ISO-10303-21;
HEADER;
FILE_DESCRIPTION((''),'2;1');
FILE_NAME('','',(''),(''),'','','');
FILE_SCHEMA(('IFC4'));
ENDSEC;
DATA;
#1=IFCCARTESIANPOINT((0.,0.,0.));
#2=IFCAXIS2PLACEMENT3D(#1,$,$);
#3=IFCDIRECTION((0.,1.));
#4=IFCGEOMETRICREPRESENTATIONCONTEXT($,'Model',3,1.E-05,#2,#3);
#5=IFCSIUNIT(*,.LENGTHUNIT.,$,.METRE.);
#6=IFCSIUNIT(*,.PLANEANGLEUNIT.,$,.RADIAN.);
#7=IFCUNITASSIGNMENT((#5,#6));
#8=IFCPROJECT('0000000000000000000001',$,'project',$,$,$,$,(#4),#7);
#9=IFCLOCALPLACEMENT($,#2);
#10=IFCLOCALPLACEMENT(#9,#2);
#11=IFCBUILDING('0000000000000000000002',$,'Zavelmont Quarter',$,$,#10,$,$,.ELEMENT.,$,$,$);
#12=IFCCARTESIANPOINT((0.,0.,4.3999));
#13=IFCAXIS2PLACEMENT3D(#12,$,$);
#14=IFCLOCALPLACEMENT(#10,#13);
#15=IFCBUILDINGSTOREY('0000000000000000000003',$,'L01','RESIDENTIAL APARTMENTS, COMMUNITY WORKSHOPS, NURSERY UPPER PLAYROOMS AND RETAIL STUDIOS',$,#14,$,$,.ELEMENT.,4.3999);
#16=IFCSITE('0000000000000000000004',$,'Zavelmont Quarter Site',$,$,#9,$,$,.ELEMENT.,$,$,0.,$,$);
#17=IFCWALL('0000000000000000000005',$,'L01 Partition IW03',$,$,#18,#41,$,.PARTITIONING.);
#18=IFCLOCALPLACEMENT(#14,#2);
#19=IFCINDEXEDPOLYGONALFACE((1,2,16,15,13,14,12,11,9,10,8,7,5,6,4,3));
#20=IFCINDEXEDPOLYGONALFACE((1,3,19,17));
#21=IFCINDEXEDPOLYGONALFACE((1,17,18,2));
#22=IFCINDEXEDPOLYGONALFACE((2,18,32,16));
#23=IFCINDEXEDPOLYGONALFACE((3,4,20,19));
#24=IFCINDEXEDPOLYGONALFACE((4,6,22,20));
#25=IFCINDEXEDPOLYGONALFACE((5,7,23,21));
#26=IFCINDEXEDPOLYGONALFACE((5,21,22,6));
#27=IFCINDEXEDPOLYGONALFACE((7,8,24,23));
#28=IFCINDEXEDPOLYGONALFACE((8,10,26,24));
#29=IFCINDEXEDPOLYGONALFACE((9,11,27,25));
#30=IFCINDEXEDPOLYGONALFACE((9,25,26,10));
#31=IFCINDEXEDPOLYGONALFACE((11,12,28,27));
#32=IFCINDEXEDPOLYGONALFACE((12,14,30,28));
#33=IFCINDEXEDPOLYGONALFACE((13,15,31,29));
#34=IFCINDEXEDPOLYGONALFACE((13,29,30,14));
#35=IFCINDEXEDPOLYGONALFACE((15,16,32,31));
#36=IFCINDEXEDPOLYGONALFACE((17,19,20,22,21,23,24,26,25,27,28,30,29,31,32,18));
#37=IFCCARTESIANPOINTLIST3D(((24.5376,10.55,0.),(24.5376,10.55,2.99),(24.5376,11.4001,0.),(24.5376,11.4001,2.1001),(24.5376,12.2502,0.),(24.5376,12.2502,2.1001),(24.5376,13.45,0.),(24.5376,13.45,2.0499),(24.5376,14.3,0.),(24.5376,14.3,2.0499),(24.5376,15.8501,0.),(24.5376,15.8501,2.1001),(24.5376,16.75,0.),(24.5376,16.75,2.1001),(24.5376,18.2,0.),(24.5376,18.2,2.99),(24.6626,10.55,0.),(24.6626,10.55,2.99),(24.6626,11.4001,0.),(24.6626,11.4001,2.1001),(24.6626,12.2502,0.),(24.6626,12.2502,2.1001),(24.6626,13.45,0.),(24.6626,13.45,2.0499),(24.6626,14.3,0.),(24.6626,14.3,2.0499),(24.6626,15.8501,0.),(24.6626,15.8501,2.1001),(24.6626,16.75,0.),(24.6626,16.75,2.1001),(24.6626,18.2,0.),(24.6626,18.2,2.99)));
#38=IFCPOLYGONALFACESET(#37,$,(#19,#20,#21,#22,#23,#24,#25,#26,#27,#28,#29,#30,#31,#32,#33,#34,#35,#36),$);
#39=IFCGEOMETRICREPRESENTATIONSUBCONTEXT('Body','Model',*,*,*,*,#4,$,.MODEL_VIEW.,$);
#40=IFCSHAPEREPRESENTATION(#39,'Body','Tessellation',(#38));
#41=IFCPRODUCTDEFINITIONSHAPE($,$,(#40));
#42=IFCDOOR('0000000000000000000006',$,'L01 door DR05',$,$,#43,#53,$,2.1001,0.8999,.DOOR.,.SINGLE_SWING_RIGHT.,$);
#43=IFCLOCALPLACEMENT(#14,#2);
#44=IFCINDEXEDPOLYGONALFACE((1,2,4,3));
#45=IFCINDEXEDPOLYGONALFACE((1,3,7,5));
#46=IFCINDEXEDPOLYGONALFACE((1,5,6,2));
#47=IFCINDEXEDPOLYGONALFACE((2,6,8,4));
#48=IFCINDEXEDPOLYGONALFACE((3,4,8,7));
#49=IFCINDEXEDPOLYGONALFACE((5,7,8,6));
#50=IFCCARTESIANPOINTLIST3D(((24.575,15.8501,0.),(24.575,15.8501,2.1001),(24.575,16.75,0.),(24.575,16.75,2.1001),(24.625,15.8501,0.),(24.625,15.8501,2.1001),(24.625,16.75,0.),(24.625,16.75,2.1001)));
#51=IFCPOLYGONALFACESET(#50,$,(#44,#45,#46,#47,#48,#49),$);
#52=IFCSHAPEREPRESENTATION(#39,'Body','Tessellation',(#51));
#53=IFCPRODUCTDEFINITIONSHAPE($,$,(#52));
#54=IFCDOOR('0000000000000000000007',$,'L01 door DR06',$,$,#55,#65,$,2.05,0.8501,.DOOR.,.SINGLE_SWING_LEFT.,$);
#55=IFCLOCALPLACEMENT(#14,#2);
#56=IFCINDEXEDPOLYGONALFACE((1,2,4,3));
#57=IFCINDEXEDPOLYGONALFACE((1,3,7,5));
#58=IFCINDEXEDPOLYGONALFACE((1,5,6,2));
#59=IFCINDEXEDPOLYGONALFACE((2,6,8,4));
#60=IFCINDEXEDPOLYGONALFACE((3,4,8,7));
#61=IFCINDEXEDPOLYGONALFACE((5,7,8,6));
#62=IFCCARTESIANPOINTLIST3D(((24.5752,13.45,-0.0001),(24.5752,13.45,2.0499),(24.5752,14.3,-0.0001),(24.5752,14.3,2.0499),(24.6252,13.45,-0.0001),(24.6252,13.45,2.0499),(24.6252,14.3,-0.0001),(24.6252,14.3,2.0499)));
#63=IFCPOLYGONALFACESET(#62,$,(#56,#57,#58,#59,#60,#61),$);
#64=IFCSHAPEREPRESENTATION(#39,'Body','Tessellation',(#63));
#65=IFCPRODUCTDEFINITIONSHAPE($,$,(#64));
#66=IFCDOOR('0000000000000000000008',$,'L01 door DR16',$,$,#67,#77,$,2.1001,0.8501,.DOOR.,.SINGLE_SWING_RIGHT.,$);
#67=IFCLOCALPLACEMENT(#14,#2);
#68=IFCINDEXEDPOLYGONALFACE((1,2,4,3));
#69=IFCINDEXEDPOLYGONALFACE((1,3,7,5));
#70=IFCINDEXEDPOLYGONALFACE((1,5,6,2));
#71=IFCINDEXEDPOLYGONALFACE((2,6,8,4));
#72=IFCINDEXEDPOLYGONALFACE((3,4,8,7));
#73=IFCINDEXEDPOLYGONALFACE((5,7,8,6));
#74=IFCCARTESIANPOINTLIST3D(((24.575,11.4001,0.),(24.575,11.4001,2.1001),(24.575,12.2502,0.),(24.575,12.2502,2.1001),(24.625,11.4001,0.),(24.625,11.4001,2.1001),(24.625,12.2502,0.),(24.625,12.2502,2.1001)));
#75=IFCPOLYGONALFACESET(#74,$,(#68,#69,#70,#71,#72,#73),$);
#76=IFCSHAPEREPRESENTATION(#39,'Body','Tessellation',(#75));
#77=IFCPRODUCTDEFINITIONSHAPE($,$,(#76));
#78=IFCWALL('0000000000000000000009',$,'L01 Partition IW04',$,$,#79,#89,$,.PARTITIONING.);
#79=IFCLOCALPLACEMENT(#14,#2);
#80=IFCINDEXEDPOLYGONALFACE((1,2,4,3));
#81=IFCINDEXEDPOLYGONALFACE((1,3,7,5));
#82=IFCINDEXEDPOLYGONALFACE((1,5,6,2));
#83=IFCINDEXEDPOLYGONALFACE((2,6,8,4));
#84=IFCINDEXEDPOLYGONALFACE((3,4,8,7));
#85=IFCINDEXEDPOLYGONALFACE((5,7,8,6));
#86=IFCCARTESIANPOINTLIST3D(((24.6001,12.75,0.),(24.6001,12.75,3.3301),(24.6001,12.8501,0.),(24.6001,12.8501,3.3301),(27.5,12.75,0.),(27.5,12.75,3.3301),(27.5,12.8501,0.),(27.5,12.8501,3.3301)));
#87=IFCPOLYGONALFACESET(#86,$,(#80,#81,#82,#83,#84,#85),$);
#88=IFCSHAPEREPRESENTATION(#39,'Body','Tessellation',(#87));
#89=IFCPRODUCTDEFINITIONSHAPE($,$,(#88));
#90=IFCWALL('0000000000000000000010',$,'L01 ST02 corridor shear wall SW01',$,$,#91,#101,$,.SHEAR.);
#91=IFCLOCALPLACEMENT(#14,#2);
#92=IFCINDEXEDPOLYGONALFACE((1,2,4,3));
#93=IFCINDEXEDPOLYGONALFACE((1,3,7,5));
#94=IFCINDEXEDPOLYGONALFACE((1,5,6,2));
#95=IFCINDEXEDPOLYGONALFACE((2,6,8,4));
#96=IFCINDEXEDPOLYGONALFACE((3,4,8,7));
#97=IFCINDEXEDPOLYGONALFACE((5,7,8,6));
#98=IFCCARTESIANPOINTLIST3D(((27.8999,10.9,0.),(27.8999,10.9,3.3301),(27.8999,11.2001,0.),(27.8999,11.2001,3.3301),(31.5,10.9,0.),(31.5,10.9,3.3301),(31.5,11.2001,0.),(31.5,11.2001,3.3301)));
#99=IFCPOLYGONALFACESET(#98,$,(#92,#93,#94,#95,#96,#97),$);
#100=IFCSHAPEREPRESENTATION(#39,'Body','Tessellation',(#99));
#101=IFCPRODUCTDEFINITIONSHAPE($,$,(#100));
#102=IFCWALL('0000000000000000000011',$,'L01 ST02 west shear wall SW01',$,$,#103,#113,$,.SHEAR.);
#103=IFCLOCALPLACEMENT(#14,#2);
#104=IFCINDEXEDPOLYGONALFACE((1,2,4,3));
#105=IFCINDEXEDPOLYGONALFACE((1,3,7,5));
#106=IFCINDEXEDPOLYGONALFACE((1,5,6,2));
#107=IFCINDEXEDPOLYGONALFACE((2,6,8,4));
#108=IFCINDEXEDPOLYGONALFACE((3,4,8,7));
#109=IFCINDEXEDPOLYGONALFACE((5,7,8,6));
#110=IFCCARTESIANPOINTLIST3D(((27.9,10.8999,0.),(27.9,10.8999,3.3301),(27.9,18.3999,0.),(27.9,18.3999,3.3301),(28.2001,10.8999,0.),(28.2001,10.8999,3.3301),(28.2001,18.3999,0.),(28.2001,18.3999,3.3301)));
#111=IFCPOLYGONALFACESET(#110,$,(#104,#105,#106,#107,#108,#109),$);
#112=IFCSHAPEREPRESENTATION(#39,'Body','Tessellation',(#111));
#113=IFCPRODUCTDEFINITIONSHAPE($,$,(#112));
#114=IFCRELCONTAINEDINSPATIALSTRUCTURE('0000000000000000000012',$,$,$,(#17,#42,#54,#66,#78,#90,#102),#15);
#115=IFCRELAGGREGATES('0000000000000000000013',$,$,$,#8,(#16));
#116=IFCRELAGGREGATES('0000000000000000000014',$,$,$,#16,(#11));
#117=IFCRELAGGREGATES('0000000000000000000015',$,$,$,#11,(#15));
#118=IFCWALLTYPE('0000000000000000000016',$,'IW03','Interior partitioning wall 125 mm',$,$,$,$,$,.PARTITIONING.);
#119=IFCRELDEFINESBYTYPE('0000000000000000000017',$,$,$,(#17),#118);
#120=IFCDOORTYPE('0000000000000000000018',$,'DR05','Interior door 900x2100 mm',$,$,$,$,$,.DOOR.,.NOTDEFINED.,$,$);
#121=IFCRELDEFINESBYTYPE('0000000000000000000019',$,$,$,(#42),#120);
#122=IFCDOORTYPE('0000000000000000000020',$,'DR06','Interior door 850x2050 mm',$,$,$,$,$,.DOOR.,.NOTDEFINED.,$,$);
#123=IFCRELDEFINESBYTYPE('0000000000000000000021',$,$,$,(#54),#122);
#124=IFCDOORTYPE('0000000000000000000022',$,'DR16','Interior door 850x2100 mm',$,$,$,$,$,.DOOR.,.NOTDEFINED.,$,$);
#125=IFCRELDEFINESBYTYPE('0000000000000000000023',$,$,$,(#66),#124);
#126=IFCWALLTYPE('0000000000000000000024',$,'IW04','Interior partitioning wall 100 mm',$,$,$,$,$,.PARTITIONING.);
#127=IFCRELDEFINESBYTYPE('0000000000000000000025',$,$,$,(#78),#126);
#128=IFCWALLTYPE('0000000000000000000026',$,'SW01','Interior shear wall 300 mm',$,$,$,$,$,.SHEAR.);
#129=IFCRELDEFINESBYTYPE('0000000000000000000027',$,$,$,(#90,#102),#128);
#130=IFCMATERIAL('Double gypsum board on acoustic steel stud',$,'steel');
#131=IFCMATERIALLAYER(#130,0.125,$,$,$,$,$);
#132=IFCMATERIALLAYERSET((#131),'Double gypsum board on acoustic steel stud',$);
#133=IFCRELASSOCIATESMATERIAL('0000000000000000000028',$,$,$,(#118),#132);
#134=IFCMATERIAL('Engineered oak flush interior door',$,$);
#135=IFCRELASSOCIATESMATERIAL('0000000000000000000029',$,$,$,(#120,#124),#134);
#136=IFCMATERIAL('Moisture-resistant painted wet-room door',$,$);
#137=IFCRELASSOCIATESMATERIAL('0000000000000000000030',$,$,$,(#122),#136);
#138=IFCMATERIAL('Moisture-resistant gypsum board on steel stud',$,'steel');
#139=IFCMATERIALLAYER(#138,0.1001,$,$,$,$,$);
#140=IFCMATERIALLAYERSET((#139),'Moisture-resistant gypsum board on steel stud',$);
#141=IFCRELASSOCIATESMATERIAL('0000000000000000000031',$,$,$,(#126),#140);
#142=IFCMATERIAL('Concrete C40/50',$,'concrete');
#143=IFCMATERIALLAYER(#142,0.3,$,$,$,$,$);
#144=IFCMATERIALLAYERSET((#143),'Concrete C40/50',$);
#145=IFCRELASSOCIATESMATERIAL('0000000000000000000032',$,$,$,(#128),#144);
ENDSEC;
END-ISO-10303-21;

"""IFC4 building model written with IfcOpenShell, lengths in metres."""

from ifc_helpers import new_model, si_unit, direction, frame, frame_2d, origin, origin_with_axes, place, context, subcontext, project, spatial, rectangle, extrude, material, layer, layer_set, type_object, element, fill, save


model = new_model("IFC4")

# Units and contexts
model_context = context("Model", 3, precision=1e-05, world=origin(), true_north=direction((0.0, 1.0)))
body_context = subcontext(model_context, "Body", "Model", "MODEL_VIEW")
ifc_project = project(units=[si_unit("LENGTHUNIT", "METRE"), si_unit("PLANEANGLEUNIT", "RADIAN")], contexts=[model_context])

# Site, building, storey
site_placement = place(None, origin())
site = spatial("IfcSite", under=ifc_project, at=site_placement, Name="Zavelmont Quarter Site", CompositionType="ELEMENT", RefElevation=0.0)
building_placement = place(site_placement, origin())
building = spatial("IfcBuilding", under=site, at=building_placement, Name="Zavelmont Quarter", CompositionType="ELEMENT")
storey_placement = place(building_placement, frame((0.0, 0.0, 4.3999)))
storey = spatial("IfcBuildingStorey", under=building, at=storey_placement, Name="L01", Description="RESIDENTIAL APARTMENTS, COMMUNITY WORKSHOPS, NURSERY UPPER PLAYROOMS AND RETAIL STUDIOS", CompositionType="ELEMENT", Elevation=4.3999)

# Shared definitions
ifc_material_1 = material(Name="Concrete C40/50", Category="concrete")

# Wall, openings, doors
ifc_material_2 = material(Name="Double gypsum board on acoustic steel stud", Category="steel")
ifc_layer_1 = layer(ifc_material_2, 0.125)
ifc_layer_set_1 = layer_set([ifc_layer_1], Name="Double gypsum board on acoustic steel stud")
wall_type_1 = type_object("IfcWallType", Name="IW03", Description="Interior partitioning wall 125 mm", PredefinedType="PARTITIONING", material=ifc_layer_set_1)
wall_1_placement = place(storey_placement, frame((24.6001, 10.55, 0.0), z_axis=(0.0, 0.0, 1.0), x_axis=(0.0, 1.0, 0.0)))
wall_1 = element("IfcWall", 1, at=wall_1_placement, inside=storey, type_object=wall_type_1, Name="L01 Partition IW03", PredefinedType="PARTITIONING", context=body_context, shape_type="SweptSolid", body=[
    extrude(rectangle(XDim=7.6499, YDim=0.125, at=frame_2d((3.825, 0.0))), origin(), (0.0, 0.0, 1.0), 2.99),
])
opening_1_placement = place(wall_1_placement, frame((0.8501, 0.0, 0.0)))
opening_1 = element("IfcOpeningElement", 2, at=opening_1_placement, cuts=wall_1, PredefinedType="OPENING", context=body_context, shape_type="SweptSolid", body=[
    extrude(rectangle(XDim=0.8501, YDim=2.1001, at=frame_2d((0.425, 1.05))), frame((0.0, 0.0745, 0.0), z_axis=(0.0, -1.0, 0.0), x_axis=(1.0, 0.0, 0.0)), (0.0, 0.0, 1.0), 0.1489),
])
opening_2_placement = place(wall_1_placement, frame((2.8999, 0.0, 0.0)))
opening_2 = element("IfcOpeningElement", 3, at=opening_2_placement, cuts=wall_1, PredefinedType="OPENING", context=body_context, shape_type="SweptSolid", body=[
    extrude(rectangle(XDim=0.8501, YDim=2.05, at=frame_2d((0.425, 1.0249))), frame((0.0, 0.0745, 0.0), z_axis=(0.0, -1.0, 0.0), x_axis=(1.0, 0.0, 0.0)), (0.0, 0.0, 1.0), 0.1489),
])
opening_3_placement = place(wall_1_placement, frame((5.3, 0.0, 0.0)))
opening_3 = element("IfcOpeningElement", 4, at=opening_3_placement, cuts=wall_1, PredefinedType="OPENING", context=body_context, shape_type="SweptSolid", body=[
    extrude(rectangle(XDim=0.8999, YDim=2.1001, at=frame_2d((0.45, 1.05))), frame((0.0, 0.0745, 0.0), z_axis=(0.0, -1.0, 0.0), x_axis=(1.0, 0.0, 0.0)), (0.0, 0.0, 1.0), 0.1489),
])
ifc_material_3 = material(Name="Engineered oak flush interior door")
door_type_1 = type_object("IfcDoorType", Name="DR05", Description="Interior door 900x2100 mm", OperationType="NOTDEFINED", PredefinedType="DOOR", material=ifc_material_3)
door_1_placement = place(opening_3_placement, frame((0.8999, 0.0, 0.0), z_axis=(0.0, 0.0, 1.0), x_axis=(-1.0, 0.0, 0.0)))
door_1 = element("IfcDoor", 5, at=door_1_placement, inside=storey, type_object=door_type_1, Name="L01 door DR05", OperationType="SINGLE_SWING_RIGHT", OverallHeight=2.1001, OverallWidth=0.8999, PredefinedType="DOOR", context=body_context, shape_type="SweptSolid", body=[
    extrude(rectangle(XDim=0.8999, YDim=2.1001, at=frame_2d((0.45, 1.05))), frame((0.0, 0.0249, 0.0), z_axis=(0.0, -1.0, 0.0), x_axis=(1.0, 0.0, 0.0)), (0.0, 0.0, 1.0), 0.05),
])
fill(opening_3, door_1)
ifc_material_4 = material(Name="Moisture-resistant painted wet-room door")
door_type_2 = type_object("IfcDoorType", Name="DR06", Description="Interior door 850x2050 mm", OperationType="NOTDEFINED", PredefinedType="DOOR", material=ifc_material_4)
door_2_placement = place(opening_2_placement, origin_with_axes())
door_2 = element("IfcDoor", 6, at=door_2_placement, inside=storey, type_object=door_type_2, Name="L01 door DR06", OperationType="SINGLE_SWING_LEFT", OverallHeight=2.05, OverallWidth=0.8501, PredefinedType="DOOR", context=body_context, shape_type="SweptSolid", body=[
    extrude(rectangle(XDim=0.8501, YDim=2.05, at=frame_2d((0.425, 1.0249))), frame((0.0, 0.0249, 0.0), z_axis=(0.0, -1.0, 0.0), x_axis=(1.0, 0.0, 0.0)), (0.0, 0.0, 1.0), 0.05),
])
fill(opening_2, door_2)
door_type_3 = type_object("IfcDoorType", Name="DR16", Description="Interior door 850x2100 mm", OperationType="NOTDEFINED", PredefinedType="DOOR", material=ifc_material_3)
door_3_placement = place(opening_1_placement, frame((0.8501, 0.0, 0.0), z_axis=(0.0, 0.0, 1.0), x_axis=(-1.0, 0.0, 0.0)))
door_3 = element("IfcDoor", 7, at=door_3_placement, inside=storey, type_object=door_type_3, Name="L01 door DR16", OperationType="SINGLE_SWING_RIGHT", OverallHeight=2.1001, OverallWidth=0.8501, PredefinedType="DOOR", context=body_context, shape_type="SweptSolid", body=[
    extrude(rectangle(XDim=0.8501, YDim=2.1001, at=frame_2d((0.425, 1.05))), frame((0.0, 0.0249, 0.0), z_axis=(0.0, -1.0, 0.0), x_axis=(1.0, 0.0, 0.0)), (0.0, 0.0, 1.0), 0.05),
])
fill(opening_1, door_3)

# Walls
ifc_material_5 = material(Name="Moisture-resistant gypsum board on steel stud", Category="steel")
ifc_layer_2 = layer(ifc_material_5, 0.1001)
ifc_layer_set_2 = layer_set([ifc_layer_2], Name="Moisture-resistant gypsum board on steel stud")
wall_type_2 = type_object("IfcWallType", Name="IW04", Description="Interior partitioning wall 100 mm", PredefinedType="PARTITIONING", material=ifc_layer_set_2)
wall_2_placement = place(storey_placement, frame((24.6001, 12.8, 0.0), z_axis=(0.0, 0.0, 1.0), x_axis=(1.0, 0.0, 0.0)))
element("IfcWall", 8, at=wall_2_placement, inside=storey, type_object=wall_type_2, Name="L01 Partition IW04", PredefinedType="PARTITIONING", context=body_context, shape_type="SweptSolid", body=[
    extrude(rectangle(XDim=2.8999, YDim=0.1001, at=frame_2d((1.45, 0.0))), origin(), (0.0, 0.0, 1.0), 3.3301),
])
ifc_layer_3 = layer(ifc_material_1, 0.3)
ifc_layer_set_3 = layer_set([ifc_layer_3], Name="Concrete C40/50")
wall_type_3 = type_object("IfcWallType", Name="SW01", Description="Interior shear wall 300 mm", PredefinedType="SHEAR", material=ifc_layer_set_3)
wall_3_placement = place(storey_placement, frame((27.8999, 11.05, 0.0), z_axis=(0.0, 0.0, 1.0), x_axis=(1.0, 0.0, 0.0)))
element("IfcWall", 9, at=wall_3_placement, inside=storey, type_object=wall_type_3, Name="L01 ST02 corridor shear wall SW01", PredefinedType="SHEAR", context=body_context, shape_type="SweptSolid", body=[
    extrude(rectangle(XDim=3.6001, YDim=0.3, at=frame_2d((1.8, 0.0))), origin(), (0.0, 0.0, 1.0), 3.3301),
])
wall_4_placement = place(storey_placement, frame((28.05, 10.8999, 0.0), z_axis=(0.0, 0.0, 1.0), x_axis=(0.0, 1.0, 0.0)))
element("IfcWall", 10, at=wall_4_placement, inside=storey, type_object=wall_type_3, Name="L01 ST02 west shear wall SW01", PredefinedType="SHEAR", context=body_context, shape_type="SweptSolid", body=[
    extrude(rectangle(XDim=7.5, YDim=0.3, at=frame_2d((3.75, 0.0))), origin(), (0.0, 0.0, 1.0), 3.3301),
])

save(model, "model.ifc")
